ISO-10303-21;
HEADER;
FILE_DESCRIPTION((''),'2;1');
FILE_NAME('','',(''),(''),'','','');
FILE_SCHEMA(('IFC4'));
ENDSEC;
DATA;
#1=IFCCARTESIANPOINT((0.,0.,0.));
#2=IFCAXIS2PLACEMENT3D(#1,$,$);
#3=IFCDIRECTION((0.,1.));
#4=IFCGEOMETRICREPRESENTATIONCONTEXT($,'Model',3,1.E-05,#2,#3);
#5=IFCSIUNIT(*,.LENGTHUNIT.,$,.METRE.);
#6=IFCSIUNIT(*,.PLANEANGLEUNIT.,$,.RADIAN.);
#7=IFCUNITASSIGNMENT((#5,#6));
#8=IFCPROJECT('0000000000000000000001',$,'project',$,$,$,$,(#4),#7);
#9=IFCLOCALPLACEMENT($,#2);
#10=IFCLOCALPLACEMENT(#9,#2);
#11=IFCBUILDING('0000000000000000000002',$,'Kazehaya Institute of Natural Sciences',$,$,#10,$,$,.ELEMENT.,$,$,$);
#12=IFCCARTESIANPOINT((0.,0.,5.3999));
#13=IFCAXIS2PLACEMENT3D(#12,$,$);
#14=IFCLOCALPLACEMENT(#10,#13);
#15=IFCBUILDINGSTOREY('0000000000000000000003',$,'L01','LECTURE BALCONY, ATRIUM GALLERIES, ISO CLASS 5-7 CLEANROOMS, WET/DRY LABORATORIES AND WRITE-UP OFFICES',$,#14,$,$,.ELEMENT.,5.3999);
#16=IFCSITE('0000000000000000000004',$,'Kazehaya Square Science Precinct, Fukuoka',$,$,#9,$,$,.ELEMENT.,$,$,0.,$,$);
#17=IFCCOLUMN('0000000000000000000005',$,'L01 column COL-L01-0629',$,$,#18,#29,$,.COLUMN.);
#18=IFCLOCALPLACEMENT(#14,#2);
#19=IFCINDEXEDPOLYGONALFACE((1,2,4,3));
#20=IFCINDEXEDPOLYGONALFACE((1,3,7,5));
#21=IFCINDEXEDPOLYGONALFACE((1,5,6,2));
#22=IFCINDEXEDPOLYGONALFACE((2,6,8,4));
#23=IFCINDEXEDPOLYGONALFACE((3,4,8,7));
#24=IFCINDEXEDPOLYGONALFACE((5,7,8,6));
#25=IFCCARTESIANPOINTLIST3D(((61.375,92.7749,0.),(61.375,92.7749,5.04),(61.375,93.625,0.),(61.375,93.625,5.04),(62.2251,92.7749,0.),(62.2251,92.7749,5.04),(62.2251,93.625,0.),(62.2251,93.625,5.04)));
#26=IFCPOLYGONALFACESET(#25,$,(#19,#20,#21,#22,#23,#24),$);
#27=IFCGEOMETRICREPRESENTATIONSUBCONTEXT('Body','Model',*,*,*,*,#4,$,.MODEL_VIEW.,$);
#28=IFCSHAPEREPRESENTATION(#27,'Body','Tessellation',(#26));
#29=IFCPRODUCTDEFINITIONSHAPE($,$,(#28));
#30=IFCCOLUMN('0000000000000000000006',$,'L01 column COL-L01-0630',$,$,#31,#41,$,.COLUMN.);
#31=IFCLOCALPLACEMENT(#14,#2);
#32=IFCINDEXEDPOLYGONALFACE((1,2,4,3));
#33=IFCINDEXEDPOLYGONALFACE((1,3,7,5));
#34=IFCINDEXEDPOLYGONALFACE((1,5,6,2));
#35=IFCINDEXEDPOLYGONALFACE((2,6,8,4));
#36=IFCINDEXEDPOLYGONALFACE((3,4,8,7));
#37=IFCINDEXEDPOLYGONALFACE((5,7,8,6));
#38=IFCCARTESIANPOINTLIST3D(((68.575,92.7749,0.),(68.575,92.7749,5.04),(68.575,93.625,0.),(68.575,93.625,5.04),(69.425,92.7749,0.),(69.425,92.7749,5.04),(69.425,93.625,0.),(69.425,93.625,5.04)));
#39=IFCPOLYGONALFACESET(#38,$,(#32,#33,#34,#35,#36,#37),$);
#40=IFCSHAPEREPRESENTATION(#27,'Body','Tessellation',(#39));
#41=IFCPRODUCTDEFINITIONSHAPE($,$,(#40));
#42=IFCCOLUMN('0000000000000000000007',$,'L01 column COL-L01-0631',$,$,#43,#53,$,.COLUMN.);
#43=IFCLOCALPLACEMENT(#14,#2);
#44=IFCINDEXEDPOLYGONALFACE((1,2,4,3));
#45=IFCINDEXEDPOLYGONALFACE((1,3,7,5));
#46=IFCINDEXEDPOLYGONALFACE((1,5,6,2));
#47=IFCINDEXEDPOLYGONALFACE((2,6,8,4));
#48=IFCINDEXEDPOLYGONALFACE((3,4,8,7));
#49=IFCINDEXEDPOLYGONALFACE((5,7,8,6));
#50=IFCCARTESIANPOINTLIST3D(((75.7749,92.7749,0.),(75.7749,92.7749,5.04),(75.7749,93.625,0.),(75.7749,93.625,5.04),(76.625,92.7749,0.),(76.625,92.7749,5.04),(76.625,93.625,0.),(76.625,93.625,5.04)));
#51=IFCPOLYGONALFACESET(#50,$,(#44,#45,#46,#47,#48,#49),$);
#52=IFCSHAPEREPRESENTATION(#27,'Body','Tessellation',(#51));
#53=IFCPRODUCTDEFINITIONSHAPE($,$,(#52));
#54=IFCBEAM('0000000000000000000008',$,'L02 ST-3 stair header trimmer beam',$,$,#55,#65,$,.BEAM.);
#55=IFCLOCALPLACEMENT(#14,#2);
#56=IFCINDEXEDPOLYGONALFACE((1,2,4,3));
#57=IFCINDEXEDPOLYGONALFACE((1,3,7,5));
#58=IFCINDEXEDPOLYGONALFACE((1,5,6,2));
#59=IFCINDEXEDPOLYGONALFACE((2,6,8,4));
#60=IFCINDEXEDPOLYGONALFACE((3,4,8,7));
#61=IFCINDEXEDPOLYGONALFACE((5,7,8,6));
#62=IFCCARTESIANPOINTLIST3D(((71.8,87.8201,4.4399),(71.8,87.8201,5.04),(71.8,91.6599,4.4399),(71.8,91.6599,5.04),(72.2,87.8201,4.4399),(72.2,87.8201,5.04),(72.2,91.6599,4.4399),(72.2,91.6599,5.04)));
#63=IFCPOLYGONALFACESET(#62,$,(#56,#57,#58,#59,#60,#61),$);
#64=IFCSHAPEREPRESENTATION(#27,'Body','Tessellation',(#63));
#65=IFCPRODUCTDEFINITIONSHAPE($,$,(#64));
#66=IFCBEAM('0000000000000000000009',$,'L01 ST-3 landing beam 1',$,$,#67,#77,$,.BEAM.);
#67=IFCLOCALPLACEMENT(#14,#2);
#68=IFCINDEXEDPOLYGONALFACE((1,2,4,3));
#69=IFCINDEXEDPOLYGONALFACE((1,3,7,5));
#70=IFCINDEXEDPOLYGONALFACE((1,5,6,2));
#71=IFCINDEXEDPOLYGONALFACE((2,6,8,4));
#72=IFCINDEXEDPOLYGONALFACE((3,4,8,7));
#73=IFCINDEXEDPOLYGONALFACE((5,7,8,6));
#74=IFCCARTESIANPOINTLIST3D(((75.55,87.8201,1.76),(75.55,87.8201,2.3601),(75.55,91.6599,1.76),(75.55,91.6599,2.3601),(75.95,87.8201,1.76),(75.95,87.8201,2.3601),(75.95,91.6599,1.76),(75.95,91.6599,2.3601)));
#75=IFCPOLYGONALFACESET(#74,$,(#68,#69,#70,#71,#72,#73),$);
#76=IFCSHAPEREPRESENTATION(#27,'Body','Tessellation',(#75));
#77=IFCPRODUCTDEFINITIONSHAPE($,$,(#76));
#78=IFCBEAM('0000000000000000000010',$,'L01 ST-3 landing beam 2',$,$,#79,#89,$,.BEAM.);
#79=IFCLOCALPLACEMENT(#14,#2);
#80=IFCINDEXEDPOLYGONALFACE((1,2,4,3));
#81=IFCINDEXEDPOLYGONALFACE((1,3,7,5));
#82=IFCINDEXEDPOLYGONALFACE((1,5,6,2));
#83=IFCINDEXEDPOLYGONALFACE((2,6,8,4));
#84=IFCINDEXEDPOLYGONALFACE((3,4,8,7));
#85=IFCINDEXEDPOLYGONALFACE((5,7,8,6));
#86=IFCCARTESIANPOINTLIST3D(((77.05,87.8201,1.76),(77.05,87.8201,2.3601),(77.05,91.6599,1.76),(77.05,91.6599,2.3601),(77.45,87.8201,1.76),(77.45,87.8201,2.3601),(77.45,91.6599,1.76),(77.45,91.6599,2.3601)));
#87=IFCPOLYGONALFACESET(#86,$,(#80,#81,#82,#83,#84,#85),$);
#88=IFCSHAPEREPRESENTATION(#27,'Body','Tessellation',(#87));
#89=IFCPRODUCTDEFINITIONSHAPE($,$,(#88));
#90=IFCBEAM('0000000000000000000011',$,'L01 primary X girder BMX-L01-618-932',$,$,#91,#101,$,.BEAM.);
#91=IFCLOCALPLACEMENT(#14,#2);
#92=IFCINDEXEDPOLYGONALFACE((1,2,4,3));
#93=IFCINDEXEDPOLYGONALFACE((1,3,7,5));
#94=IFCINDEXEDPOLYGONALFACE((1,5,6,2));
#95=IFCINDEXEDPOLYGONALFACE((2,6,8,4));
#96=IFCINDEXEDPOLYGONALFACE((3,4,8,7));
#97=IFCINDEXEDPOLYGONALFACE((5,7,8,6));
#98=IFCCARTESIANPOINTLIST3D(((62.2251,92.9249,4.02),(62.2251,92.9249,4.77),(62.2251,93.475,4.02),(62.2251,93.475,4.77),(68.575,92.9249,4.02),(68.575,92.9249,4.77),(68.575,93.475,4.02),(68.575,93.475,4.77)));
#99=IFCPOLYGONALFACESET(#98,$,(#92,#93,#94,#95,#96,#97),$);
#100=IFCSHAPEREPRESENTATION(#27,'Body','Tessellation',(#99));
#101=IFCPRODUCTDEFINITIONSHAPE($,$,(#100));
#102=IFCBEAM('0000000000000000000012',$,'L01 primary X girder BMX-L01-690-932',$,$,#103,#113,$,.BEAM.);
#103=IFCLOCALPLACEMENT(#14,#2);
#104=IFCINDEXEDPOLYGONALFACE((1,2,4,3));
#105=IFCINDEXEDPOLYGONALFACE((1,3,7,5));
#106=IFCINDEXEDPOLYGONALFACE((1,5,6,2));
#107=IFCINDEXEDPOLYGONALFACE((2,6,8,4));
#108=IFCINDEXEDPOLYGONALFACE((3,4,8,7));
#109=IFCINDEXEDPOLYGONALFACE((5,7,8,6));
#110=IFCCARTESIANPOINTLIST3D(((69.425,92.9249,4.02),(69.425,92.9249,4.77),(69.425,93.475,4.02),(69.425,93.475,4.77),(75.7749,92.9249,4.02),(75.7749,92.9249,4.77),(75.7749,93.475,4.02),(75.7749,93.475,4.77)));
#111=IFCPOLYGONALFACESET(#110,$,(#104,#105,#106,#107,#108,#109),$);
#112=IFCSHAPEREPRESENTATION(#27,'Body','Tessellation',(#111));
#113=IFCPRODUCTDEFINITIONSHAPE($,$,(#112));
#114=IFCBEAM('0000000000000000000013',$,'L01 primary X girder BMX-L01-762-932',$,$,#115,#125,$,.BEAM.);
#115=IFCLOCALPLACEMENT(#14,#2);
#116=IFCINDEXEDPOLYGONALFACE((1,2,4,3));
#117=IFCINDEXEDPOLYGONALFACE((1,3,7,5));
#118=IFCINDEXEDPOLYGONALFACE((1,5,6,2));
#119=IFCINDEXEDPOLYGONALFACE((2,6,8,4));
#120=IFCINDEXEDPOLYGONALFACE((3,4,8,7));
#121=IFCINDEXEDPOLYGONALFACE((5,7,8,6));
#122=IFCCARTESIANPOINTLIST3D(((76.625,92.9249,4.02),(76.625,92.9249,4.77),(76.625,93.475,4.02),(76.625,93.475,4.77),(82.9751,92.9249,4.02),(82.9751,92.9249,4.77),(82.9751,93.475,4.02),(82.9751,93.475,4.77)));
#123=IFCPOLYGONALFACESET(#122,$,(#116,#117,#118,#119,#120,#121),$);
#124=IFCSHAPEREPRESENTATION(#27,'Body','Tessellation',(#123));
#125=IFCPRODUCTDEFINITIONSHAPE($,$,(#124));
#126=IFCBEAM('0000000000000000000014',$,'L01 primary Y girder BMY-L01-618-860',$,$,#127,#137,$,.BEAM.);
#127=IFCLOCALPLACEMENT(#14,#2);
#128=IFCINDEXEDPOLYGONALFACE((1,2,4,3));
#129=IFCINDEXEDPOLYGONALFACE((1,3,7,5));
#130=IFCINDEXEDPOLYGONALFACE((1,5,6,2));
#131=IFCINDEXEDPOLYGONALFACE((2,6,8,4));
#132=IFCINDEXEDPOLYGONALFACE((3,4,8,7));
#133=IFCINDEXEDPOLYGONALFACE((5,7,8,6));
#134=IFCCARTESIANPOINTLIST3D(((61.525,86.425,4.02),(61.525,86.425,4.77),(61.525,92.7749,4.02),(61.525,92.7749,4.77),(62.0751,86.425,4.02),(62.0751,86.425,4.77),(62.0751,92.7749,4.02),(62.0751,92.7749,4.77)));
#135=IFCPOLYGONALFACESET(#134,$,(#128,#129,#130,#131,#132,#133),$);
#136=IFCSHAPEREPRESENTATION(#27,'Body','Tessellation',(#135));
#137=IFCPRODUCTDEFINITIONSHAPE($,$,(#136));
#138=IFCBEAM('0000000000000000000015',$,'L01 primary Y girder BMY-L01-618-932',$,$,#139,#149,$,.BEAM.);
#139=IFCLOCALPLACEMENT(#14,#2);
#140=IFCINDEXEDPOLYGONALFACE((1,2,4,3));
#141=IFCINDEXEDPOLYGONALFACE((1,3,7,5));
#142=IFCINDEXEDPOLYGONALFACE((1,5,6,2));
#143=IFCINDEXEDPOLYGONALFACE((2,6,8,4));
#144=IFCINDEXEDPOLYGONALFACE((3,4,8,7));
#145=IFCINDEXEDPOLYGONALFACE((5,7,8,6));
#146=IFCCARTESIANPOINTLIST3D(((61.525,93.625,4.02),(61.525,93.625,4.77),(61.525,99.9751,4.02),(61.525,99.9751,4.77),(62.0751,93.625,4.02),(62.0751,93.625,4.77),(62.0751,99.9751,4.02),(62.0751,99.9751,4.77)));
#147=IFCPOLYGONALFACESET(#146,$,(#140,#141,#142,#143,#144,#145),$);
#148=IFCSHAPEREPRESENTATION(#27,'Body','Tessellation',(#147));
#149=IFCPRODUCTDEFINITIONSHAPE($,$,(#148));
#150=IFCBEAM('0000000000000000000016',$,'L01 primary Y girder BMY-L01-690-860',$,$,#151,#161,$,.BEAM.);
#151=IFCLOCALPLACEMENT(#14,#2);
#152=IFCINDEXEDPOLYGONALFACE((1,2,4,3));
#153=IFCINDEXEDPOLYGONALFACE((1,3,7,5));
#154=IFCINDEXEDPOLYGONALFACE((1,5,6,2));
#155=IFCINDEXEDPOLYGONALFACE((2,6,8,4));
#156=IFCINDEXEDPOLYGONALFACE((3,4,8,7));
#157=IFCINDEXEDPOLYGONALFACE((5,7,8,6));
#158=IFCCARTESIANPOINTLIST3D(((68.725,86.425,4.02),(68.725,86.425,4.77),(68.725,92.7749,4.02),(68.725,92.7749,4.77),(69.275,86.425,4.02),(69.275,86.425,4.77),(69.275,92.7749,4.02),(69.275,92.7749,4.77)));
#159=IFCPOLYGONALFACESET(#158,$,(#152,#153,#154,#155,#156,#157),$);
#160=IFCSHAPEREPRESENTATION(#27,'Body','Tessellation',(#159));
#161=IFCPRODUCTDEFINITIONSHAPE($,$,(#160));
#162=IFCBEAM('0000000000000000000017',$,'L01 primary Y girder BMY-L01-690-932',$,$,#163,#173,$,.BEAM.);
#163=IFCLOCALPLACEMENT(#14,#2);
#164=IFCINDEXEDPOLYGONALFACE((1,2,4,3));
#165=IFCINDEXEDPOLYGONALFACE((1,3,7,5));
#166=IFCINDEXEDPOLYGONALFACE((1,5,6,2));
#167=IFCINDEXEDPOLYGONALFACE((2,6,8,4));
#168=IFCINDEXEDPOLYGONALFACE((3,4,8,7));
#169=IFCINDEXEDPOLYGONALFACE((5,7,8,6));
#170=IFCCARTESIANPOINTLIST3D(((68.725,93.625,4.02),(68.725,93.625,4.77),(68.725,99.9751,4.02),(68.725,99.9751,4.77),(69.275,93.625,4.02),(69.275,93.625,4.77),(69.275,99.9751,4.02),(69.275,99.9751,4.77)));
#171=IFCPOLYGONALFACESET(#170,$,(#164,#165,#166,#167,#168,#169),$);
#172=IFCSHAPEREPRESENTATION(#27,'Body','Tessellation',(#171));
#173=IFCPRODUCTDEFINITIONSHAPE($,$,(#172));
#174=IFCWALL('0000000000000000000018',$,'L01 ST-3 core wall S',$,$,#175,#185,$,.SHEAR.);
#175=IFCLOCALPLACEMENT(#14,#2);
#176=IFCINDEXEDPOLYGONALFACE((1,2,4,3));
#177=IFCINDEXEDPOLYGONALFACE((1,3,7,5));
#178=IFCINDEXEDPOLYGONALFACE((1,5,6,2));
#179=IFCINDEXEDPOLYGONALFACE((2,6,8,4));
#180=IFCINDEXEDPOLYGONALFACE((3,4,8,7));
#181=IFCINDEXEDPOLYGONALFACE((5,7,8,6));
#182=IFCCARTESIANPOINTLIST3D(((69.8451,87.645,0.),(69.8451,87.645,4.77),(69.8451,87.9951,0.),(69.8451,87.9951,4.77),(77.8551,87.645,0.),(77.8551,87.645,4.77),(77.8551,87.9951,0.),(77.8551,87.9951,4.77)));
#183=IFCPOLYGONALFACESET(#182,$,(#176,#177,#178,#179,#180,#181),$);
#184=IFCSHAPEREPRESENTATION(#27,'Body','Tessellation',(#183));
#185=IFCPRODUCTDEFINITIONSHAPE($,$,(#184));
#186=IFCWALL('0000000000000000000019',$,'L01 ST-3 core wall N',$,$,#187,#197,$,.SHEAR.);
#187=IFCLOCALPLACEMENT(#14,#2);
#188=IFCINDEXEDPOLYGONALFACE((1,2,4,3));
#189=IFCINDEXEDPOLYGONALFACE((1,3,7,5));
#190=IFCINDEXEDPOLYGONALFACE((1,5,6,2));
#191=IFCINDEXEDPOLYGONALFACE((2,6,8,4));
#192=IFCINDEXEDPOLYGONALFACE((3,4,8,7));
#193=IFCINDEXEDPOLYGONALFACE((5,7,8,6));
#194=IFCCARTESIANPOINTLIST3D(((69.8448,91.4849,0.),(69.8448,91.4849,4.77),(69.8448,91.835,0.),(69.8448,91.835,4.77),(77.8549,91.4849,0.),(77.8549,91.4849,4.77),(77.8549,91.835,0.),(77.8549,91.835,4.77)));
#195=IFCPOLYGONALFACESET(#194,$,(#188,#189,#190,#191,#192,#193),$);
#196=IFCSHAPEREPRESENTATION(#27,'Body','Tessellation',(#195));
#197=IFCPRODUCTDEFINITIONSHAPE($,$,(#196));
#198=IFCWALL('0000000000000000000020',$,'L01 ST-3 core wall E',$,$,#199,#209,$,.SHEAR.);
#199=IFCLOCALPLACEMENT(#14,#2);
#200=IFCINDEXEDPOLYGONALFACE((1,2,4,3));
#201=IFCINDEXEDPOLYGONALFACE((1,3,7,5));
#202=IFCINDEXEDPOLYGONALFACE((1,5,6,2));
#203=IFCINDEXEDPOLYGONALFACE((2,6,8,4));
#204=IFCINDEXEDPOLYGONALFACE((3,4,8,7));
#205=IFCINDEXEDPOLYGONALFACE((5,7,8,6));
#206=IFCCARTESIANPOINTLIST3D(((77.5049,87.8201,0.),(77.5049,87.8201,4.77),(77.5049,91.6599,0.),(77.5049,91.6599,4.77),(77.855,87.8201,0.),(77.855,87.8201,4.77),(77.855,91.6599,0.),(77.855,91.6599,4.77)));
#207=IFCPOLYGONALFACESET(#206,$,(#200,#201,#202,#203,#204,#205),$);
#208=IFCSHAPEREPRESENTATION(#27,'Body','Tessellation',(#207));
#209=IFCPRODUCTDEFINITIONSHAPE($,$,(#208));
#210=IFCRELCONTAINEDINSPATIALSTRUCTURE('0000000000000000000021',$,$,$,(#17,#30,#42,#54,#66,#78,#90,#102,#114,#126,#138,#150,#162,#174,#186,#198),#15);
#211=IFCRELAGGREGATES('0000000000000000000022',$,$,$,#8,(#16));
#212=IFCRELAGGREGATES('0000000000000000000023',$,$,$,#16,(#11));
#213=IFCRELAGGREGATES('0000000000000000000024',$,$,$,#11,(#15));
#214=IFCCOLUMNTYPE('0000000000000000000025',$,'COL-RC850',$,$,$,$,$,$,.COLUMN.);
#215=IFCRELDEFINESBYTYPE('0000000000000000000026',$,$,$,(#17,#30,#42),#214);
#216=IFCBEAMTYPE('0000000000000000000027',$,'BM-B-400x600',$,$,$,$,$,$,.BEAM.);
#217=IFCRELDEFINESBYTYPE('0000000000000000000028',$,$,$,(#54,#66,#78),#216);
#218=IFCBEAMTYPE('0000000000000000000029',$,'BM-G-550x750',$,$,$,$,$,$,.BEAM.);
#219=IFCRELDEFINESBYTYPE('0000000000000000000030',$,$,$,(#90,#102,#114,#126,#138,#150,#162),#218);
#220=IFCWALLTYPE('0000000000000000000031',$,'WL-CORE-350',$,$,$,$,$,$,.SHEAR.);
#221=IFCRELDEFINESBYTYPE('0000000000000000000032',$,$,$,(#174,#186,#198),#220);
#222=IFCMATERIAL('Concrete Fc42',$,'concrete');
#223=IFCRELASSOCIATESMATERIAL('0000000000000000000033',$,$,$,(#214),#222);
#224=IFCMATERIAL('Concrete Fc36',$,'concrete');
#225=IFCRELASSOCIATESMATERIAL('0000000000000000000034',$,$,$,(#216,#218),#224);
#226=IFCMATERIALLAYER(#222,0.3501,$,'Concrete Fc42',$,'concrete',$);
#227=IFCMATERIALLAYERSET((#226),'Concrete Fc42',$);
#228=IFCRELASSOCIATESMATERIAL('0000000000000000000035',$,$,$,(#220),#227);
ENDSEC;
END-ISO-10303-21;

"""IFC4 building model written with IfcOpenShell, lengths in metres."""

from ifc_helpers import new_model, si_unit, direction, frame, frame_2d, origin, origin_2d, place, context, subcontext, project, spatial, rectangle, extrude, material, layer, layer_set, material_profile, profile_set, type_object, element, save


model = new_model("IFC4")

# Units and contexts
model_context = context("Model", 3, precision=1e-05, world=origin(), true_north=direction((0.0, 1.0)))
body_context = subcontext(model_context, "Body", "Model", "MODEL_VIEW")
ifc_project = project(units=[si_unit("LENGTHUNIT", "METRE"), si_unit("PLANEANGLEUNIT", "RADIAN")], contexts=[model_context])

# Site, building, storey
site_placement = place(None, origin())
site = spatial("IfcSite", under=ifc_project, at=site_placement, Name="Kazehaya Square Science Precinct, Fukuoka", CompositionType="ELEMENT", RefElevation=0.0)
building_placement = place(site_placement, origin())
building = spatial("IfcBuilding", under=site, at=building_placement, Name="Kazehaya Institute of Natural Sciences", CompositionType="ELEMENT")
storey_placement = place(building_placement, frame((0.0, 0.0, 5.3999)))
storey = spatial("IfcBuildingStorey", under=building, at=storey_placement, Name="L01", Description="LECTURE BALCONY, ATRIUM GALLERIES, ISO CLASS 5-7 CLEANROOMS, WET/DRY LABORATORIES AND WRITE-UP OFFICES", CompositionType="ELEMENT", Elevation=5.3999)

# Columns
ifc_material_1 = material(Name="Concrete Fc42", Category="concrete")
ifc_material_profile_1 = material_profile(ifc_material_1, rectangle(XDim=0.8501, YDim=0.8501, at=origin_2d()), Name="RC-850x850")
ifc_profile_set_1 = profile_set([ifc_material_profile_1], Name="Concrete Fc42")
column_type = type_object("IfcColumnType", Name="COL-RC850", PredefinedType="COLUMN", material=ifc_profile_set_1)
for number, where, z_axis, x_axis, name in (
    (1, (61.8, 93.2, 0.0), (0.0, 0.0, 1.0), (1.0, 0.0, 0.0), "L01 column COL-L01-0629"),
    (2, (69.0, 93.2, 0.0), (0.0, 0.0, 1.0), (1.0, 0.0, 0.0), "L01 column COL-L01-0630"),
    (3, (76.2, 93.2, 0.0), (0.0, 0.0, 1.0), (1.0, 0.0, 0.0), "L01 column COL-L01-0631"),
):
    element("IfcColumn", number, at=place(storey_placement, frame(where, z_axis=z_axis, x_axis=x_axis)), inside=storey, type_object=column_type, Name=name, PredefinedType="COLUMN", context=body_context, shape_type="SweptSolid", body=[
        extrude(rectangle(XDim=0.8501, YDim=0.8501, at=origin_2d()), origin(), (0.0, 0.0, 1.0), 5.04),
    ])

# Beams
ifc_material_2 = material(Name="Concrete Fc36", Category="concrete")
ifc_material_profile_2 = material_profile(ifc_material_2, rectangle(XDim=0.3999, YDim=0.6001, at=origin_2d()), Name="RC-400x600")
ifc_profile_set_2 = profile_set([ifc_material_profile_2], Name="Concrete Fc36")
beam_type_1 = type_object("IfcBeamType", Name="BM-B-400x600", PredefinedType="BEAM", material=ifc_profile_set_2)
for number, where, z_axis, x_axis, name in (
    (4, (72.0, 87.8201, 4.74), (0.0, 1.0, 0.0), (-1.0, 0.0, 0.0), "L02 ST-3 stair header trimmer beam"),
    (5, (75.75, 87.8201, 2.0601), (0.0, 1.0, 0.0), (-1.0, 0.0, 0.0), "L01 ST-3 landing beam 1"),
    (6, (77.25, 87.8201, 2.0601), (0.0, 1.0, 0.0), (-1.0, 0.0, 0.0), "L01 ST-3 landing beam 2"),
):
    element("IfcBeam", number, at=place(storey_placement, frame(where, z_axis=z_axis, x_axis=x_axis)), inside=storey, type_object=beam_type_1, Name=name, PredefinedType="BEAM", context=body_context, shape_type="SweptSolid", body=[
        extrude(rectangle(XDim=0.3999, YDim=0.6001, at=origin_2d()), origin(), (0.0, 0.0, 1.0), 3.8398),
    ])
ifc_material_profile_3 = material_profile(ifc_material_2, rectangle(XDim=0.55, YDim=0.75, at=origin_2d()), Name="RC-550x750")
ifc_profile_set_3 = profile_set([ifc_material_profile_3], Name="Concrete Fc36")
beam_type_2 = type_object("IfcBeamType", Name="BM-G-550x750", PredefinedType="BEAM", material=ifc_profile_set_3)
for number, where, z_axis, x_axis, name in (
    (7, (62.2251, 93.2, 4.395), (1.0, 0.0, 0.0), (0.0, 1.0, 0.0), "L01 primary X girder BMX-L01-618-932"),
    (8, (69.425, 93.2, 4.395), (1.0, 0.0, 0.0), (0.0, 1.0, 0.0), "L01 primary X girder BMX-L01-690-932"),
):
    element("IfcBeam", number, at=place(storey_placement, frame(where, z_axis=z_axis, x_axis=x_axis)), inside=storey, type_object=beam_type_2, Name=name, PredefinedType="BEAM", context=body_context, shape_type="SweptSolid", body=[
        extrude(rectangle(XDim=0.55, YDim=0.75, at=origin_2d()), origin(), (0.0, 0.0, 1.0), 6.3499),
    ])
beam_1_placement = place(storey_placement, frame((76.625, 93.2, 4.395), z_axis=(1.0, 0.0, 0.0), x_axis=(0.0, 1.0, 0.0)))
element("IfcBeam", 9, at=beam_1_placement, inside=storey, type_object=beam_type_2, Name="L01 primary X girder BMX-L01-762-932", PredefinedType="BEAM", context=body_context, shape_type="SweptSolid", body=[
    extrude(rectangle(XDim=0.55, YDim=0.75, at=origin_2d()), origin(), (0.0, 0.0, 1.0), 6.3501),
])
beam_2_placement = place(storey_placement, frame((61.8, 86.425, 4.395), z_axis=(0.0, 1.0, 0.0), x_axis=(-1.0, 0.0, 0.0)))
element("IfcBeam", 10, at=beam_2_placement, inside=storey, type_object=beam_type_2, Name="L01 primary Y girder BMY-L01-618-860", PredefinedType="BEAM", context=body_context, shape_type="SweptSolid", body=[
    extrude(rectangle(XDim=0.55, YDim=0.75, at=origin_2d()), origin(), (0.0, 0.0, 1.0), 6.3499),
])
beam_3_placement = place(storey_placement, frame((61.8, 93.625, 4.395), z_axis=(0.0, 1.0, 0.0), x_axis=(-1.0, 0.0, 0.0)))
element("IfcBeam", 11, at=beam_3_placement, inside=storey, type_object=beam_type_2, Name="L01 primary Y girder BMY-L01-618-932", PredefinedType="BEAM", context=body_context, shape_type="SweptSolid", body=[
    extrude(rectangle(XDim=0.55, YDim=0.75, at=origin_2d()), origin(), (0.0, 0.0, 1.0), 6.3501),
])
beam_4_placement = place(storey_placement, frame((69.0, 86.425, 4.395), z_axis=(0.0, 1.0, 0.0), x_axis=(-1.0, 0.0, 0.0)))
element("IfcBeam", 12, at=beam_4_placement, inside=storey, type_object=beam_type_2, Name="L01 primary Y girder BMY-L01-690-860", PredefinedType="BEAM", context=body_context, shape_type="SweptSolid", body=[
    extrude(rectangle(XDim=0.55, YDim=0.75, at=origin_2d()), origin(), (0.0, 0.0, 1.0), 6.3499),
])
beam_5_placement = place(storey_placement, frame((69.0, 93.625, 4.395), z_axis=(0.0, 1.0, 0.0), x_axis=(-1.0, 0.0, 0.0)))
element("IfcBeam", 13, at=beam_5_placement, inside=storey, type_object=beam_type_2, Name="L01 primary Y girder BMY-L01-690-932", PredefinedType="BEAM", context=body_context, shape_type="SweptSolid", body=[
    extrude(rectangle(XDim=0.55, YDim=0.75, at=origin_2d()), origin(), (0.0, 0.0, 1.0), 6.3501),
])

# Walls
ifc_layer_1 = layer(ifc_material_1, 0.3501, Name="Concrete Fc42", Category="concrete")
ifc_layer_set_1 = layer_set([ifc_layer_1], Name="Concrete Fc42")
wall_type_1 = type_object("IfcWallType", Name="WL-CORE-350", PredefinedType="SHEAR", material=ifc_layer_set_1)
for number, where, z_axis, x_axis, name in (
    (14, (77.855, 87.8201, 0.0), (0.0, 0.0, 1.0), (-1.0, 0.0, 0.0), "L01 ST-3 core wall S"),
    (15, (69.845, 91.6599, 0.0), (0.0, 0.0, 1.0), (1.0, 0.0, 0.0), "L01 ST-3 core wall N"),
):
    element("IfcWall", number, at=place(storey_placement, frame(where, z_axis=z_axis, x_axis=x_axis)), inside=storey, type_object=wall_type_1, Name=name, PredefinedType="SHEAR", context=body_context, shape_type="SweptSolid", body=[
        extrude(rectangle(XDim=8.01, YDim=0.3501, at=frame_2d((4.0049, 0.0))), origin(), (0.0, 0.0, 1.0), 4.77),
    ])

# Wall
wall_1_placement = place(storey_placement, frame((77.6799, 91.6599, 0.0), z_axis=(0.0, 0.0, 1.0), x_axis=(0.0, -1.0, 0.0)))
element("IfcWall", 16, at=wall_1_placement, inside=storey, type_object=wall_type_1, Name="L01 ST-3 core wall E", PredefinedType="SHEAR", context=body_context, shape_type="SweptSolid", body=[
    extrude(rectangle(XDim=3.8398, YDim=0.3501, at=frame_2d((1.9199, 0.0))), origin(), (0.0, 0.0, 1.0), 4.77),
])

save(model, "model.ifc")
